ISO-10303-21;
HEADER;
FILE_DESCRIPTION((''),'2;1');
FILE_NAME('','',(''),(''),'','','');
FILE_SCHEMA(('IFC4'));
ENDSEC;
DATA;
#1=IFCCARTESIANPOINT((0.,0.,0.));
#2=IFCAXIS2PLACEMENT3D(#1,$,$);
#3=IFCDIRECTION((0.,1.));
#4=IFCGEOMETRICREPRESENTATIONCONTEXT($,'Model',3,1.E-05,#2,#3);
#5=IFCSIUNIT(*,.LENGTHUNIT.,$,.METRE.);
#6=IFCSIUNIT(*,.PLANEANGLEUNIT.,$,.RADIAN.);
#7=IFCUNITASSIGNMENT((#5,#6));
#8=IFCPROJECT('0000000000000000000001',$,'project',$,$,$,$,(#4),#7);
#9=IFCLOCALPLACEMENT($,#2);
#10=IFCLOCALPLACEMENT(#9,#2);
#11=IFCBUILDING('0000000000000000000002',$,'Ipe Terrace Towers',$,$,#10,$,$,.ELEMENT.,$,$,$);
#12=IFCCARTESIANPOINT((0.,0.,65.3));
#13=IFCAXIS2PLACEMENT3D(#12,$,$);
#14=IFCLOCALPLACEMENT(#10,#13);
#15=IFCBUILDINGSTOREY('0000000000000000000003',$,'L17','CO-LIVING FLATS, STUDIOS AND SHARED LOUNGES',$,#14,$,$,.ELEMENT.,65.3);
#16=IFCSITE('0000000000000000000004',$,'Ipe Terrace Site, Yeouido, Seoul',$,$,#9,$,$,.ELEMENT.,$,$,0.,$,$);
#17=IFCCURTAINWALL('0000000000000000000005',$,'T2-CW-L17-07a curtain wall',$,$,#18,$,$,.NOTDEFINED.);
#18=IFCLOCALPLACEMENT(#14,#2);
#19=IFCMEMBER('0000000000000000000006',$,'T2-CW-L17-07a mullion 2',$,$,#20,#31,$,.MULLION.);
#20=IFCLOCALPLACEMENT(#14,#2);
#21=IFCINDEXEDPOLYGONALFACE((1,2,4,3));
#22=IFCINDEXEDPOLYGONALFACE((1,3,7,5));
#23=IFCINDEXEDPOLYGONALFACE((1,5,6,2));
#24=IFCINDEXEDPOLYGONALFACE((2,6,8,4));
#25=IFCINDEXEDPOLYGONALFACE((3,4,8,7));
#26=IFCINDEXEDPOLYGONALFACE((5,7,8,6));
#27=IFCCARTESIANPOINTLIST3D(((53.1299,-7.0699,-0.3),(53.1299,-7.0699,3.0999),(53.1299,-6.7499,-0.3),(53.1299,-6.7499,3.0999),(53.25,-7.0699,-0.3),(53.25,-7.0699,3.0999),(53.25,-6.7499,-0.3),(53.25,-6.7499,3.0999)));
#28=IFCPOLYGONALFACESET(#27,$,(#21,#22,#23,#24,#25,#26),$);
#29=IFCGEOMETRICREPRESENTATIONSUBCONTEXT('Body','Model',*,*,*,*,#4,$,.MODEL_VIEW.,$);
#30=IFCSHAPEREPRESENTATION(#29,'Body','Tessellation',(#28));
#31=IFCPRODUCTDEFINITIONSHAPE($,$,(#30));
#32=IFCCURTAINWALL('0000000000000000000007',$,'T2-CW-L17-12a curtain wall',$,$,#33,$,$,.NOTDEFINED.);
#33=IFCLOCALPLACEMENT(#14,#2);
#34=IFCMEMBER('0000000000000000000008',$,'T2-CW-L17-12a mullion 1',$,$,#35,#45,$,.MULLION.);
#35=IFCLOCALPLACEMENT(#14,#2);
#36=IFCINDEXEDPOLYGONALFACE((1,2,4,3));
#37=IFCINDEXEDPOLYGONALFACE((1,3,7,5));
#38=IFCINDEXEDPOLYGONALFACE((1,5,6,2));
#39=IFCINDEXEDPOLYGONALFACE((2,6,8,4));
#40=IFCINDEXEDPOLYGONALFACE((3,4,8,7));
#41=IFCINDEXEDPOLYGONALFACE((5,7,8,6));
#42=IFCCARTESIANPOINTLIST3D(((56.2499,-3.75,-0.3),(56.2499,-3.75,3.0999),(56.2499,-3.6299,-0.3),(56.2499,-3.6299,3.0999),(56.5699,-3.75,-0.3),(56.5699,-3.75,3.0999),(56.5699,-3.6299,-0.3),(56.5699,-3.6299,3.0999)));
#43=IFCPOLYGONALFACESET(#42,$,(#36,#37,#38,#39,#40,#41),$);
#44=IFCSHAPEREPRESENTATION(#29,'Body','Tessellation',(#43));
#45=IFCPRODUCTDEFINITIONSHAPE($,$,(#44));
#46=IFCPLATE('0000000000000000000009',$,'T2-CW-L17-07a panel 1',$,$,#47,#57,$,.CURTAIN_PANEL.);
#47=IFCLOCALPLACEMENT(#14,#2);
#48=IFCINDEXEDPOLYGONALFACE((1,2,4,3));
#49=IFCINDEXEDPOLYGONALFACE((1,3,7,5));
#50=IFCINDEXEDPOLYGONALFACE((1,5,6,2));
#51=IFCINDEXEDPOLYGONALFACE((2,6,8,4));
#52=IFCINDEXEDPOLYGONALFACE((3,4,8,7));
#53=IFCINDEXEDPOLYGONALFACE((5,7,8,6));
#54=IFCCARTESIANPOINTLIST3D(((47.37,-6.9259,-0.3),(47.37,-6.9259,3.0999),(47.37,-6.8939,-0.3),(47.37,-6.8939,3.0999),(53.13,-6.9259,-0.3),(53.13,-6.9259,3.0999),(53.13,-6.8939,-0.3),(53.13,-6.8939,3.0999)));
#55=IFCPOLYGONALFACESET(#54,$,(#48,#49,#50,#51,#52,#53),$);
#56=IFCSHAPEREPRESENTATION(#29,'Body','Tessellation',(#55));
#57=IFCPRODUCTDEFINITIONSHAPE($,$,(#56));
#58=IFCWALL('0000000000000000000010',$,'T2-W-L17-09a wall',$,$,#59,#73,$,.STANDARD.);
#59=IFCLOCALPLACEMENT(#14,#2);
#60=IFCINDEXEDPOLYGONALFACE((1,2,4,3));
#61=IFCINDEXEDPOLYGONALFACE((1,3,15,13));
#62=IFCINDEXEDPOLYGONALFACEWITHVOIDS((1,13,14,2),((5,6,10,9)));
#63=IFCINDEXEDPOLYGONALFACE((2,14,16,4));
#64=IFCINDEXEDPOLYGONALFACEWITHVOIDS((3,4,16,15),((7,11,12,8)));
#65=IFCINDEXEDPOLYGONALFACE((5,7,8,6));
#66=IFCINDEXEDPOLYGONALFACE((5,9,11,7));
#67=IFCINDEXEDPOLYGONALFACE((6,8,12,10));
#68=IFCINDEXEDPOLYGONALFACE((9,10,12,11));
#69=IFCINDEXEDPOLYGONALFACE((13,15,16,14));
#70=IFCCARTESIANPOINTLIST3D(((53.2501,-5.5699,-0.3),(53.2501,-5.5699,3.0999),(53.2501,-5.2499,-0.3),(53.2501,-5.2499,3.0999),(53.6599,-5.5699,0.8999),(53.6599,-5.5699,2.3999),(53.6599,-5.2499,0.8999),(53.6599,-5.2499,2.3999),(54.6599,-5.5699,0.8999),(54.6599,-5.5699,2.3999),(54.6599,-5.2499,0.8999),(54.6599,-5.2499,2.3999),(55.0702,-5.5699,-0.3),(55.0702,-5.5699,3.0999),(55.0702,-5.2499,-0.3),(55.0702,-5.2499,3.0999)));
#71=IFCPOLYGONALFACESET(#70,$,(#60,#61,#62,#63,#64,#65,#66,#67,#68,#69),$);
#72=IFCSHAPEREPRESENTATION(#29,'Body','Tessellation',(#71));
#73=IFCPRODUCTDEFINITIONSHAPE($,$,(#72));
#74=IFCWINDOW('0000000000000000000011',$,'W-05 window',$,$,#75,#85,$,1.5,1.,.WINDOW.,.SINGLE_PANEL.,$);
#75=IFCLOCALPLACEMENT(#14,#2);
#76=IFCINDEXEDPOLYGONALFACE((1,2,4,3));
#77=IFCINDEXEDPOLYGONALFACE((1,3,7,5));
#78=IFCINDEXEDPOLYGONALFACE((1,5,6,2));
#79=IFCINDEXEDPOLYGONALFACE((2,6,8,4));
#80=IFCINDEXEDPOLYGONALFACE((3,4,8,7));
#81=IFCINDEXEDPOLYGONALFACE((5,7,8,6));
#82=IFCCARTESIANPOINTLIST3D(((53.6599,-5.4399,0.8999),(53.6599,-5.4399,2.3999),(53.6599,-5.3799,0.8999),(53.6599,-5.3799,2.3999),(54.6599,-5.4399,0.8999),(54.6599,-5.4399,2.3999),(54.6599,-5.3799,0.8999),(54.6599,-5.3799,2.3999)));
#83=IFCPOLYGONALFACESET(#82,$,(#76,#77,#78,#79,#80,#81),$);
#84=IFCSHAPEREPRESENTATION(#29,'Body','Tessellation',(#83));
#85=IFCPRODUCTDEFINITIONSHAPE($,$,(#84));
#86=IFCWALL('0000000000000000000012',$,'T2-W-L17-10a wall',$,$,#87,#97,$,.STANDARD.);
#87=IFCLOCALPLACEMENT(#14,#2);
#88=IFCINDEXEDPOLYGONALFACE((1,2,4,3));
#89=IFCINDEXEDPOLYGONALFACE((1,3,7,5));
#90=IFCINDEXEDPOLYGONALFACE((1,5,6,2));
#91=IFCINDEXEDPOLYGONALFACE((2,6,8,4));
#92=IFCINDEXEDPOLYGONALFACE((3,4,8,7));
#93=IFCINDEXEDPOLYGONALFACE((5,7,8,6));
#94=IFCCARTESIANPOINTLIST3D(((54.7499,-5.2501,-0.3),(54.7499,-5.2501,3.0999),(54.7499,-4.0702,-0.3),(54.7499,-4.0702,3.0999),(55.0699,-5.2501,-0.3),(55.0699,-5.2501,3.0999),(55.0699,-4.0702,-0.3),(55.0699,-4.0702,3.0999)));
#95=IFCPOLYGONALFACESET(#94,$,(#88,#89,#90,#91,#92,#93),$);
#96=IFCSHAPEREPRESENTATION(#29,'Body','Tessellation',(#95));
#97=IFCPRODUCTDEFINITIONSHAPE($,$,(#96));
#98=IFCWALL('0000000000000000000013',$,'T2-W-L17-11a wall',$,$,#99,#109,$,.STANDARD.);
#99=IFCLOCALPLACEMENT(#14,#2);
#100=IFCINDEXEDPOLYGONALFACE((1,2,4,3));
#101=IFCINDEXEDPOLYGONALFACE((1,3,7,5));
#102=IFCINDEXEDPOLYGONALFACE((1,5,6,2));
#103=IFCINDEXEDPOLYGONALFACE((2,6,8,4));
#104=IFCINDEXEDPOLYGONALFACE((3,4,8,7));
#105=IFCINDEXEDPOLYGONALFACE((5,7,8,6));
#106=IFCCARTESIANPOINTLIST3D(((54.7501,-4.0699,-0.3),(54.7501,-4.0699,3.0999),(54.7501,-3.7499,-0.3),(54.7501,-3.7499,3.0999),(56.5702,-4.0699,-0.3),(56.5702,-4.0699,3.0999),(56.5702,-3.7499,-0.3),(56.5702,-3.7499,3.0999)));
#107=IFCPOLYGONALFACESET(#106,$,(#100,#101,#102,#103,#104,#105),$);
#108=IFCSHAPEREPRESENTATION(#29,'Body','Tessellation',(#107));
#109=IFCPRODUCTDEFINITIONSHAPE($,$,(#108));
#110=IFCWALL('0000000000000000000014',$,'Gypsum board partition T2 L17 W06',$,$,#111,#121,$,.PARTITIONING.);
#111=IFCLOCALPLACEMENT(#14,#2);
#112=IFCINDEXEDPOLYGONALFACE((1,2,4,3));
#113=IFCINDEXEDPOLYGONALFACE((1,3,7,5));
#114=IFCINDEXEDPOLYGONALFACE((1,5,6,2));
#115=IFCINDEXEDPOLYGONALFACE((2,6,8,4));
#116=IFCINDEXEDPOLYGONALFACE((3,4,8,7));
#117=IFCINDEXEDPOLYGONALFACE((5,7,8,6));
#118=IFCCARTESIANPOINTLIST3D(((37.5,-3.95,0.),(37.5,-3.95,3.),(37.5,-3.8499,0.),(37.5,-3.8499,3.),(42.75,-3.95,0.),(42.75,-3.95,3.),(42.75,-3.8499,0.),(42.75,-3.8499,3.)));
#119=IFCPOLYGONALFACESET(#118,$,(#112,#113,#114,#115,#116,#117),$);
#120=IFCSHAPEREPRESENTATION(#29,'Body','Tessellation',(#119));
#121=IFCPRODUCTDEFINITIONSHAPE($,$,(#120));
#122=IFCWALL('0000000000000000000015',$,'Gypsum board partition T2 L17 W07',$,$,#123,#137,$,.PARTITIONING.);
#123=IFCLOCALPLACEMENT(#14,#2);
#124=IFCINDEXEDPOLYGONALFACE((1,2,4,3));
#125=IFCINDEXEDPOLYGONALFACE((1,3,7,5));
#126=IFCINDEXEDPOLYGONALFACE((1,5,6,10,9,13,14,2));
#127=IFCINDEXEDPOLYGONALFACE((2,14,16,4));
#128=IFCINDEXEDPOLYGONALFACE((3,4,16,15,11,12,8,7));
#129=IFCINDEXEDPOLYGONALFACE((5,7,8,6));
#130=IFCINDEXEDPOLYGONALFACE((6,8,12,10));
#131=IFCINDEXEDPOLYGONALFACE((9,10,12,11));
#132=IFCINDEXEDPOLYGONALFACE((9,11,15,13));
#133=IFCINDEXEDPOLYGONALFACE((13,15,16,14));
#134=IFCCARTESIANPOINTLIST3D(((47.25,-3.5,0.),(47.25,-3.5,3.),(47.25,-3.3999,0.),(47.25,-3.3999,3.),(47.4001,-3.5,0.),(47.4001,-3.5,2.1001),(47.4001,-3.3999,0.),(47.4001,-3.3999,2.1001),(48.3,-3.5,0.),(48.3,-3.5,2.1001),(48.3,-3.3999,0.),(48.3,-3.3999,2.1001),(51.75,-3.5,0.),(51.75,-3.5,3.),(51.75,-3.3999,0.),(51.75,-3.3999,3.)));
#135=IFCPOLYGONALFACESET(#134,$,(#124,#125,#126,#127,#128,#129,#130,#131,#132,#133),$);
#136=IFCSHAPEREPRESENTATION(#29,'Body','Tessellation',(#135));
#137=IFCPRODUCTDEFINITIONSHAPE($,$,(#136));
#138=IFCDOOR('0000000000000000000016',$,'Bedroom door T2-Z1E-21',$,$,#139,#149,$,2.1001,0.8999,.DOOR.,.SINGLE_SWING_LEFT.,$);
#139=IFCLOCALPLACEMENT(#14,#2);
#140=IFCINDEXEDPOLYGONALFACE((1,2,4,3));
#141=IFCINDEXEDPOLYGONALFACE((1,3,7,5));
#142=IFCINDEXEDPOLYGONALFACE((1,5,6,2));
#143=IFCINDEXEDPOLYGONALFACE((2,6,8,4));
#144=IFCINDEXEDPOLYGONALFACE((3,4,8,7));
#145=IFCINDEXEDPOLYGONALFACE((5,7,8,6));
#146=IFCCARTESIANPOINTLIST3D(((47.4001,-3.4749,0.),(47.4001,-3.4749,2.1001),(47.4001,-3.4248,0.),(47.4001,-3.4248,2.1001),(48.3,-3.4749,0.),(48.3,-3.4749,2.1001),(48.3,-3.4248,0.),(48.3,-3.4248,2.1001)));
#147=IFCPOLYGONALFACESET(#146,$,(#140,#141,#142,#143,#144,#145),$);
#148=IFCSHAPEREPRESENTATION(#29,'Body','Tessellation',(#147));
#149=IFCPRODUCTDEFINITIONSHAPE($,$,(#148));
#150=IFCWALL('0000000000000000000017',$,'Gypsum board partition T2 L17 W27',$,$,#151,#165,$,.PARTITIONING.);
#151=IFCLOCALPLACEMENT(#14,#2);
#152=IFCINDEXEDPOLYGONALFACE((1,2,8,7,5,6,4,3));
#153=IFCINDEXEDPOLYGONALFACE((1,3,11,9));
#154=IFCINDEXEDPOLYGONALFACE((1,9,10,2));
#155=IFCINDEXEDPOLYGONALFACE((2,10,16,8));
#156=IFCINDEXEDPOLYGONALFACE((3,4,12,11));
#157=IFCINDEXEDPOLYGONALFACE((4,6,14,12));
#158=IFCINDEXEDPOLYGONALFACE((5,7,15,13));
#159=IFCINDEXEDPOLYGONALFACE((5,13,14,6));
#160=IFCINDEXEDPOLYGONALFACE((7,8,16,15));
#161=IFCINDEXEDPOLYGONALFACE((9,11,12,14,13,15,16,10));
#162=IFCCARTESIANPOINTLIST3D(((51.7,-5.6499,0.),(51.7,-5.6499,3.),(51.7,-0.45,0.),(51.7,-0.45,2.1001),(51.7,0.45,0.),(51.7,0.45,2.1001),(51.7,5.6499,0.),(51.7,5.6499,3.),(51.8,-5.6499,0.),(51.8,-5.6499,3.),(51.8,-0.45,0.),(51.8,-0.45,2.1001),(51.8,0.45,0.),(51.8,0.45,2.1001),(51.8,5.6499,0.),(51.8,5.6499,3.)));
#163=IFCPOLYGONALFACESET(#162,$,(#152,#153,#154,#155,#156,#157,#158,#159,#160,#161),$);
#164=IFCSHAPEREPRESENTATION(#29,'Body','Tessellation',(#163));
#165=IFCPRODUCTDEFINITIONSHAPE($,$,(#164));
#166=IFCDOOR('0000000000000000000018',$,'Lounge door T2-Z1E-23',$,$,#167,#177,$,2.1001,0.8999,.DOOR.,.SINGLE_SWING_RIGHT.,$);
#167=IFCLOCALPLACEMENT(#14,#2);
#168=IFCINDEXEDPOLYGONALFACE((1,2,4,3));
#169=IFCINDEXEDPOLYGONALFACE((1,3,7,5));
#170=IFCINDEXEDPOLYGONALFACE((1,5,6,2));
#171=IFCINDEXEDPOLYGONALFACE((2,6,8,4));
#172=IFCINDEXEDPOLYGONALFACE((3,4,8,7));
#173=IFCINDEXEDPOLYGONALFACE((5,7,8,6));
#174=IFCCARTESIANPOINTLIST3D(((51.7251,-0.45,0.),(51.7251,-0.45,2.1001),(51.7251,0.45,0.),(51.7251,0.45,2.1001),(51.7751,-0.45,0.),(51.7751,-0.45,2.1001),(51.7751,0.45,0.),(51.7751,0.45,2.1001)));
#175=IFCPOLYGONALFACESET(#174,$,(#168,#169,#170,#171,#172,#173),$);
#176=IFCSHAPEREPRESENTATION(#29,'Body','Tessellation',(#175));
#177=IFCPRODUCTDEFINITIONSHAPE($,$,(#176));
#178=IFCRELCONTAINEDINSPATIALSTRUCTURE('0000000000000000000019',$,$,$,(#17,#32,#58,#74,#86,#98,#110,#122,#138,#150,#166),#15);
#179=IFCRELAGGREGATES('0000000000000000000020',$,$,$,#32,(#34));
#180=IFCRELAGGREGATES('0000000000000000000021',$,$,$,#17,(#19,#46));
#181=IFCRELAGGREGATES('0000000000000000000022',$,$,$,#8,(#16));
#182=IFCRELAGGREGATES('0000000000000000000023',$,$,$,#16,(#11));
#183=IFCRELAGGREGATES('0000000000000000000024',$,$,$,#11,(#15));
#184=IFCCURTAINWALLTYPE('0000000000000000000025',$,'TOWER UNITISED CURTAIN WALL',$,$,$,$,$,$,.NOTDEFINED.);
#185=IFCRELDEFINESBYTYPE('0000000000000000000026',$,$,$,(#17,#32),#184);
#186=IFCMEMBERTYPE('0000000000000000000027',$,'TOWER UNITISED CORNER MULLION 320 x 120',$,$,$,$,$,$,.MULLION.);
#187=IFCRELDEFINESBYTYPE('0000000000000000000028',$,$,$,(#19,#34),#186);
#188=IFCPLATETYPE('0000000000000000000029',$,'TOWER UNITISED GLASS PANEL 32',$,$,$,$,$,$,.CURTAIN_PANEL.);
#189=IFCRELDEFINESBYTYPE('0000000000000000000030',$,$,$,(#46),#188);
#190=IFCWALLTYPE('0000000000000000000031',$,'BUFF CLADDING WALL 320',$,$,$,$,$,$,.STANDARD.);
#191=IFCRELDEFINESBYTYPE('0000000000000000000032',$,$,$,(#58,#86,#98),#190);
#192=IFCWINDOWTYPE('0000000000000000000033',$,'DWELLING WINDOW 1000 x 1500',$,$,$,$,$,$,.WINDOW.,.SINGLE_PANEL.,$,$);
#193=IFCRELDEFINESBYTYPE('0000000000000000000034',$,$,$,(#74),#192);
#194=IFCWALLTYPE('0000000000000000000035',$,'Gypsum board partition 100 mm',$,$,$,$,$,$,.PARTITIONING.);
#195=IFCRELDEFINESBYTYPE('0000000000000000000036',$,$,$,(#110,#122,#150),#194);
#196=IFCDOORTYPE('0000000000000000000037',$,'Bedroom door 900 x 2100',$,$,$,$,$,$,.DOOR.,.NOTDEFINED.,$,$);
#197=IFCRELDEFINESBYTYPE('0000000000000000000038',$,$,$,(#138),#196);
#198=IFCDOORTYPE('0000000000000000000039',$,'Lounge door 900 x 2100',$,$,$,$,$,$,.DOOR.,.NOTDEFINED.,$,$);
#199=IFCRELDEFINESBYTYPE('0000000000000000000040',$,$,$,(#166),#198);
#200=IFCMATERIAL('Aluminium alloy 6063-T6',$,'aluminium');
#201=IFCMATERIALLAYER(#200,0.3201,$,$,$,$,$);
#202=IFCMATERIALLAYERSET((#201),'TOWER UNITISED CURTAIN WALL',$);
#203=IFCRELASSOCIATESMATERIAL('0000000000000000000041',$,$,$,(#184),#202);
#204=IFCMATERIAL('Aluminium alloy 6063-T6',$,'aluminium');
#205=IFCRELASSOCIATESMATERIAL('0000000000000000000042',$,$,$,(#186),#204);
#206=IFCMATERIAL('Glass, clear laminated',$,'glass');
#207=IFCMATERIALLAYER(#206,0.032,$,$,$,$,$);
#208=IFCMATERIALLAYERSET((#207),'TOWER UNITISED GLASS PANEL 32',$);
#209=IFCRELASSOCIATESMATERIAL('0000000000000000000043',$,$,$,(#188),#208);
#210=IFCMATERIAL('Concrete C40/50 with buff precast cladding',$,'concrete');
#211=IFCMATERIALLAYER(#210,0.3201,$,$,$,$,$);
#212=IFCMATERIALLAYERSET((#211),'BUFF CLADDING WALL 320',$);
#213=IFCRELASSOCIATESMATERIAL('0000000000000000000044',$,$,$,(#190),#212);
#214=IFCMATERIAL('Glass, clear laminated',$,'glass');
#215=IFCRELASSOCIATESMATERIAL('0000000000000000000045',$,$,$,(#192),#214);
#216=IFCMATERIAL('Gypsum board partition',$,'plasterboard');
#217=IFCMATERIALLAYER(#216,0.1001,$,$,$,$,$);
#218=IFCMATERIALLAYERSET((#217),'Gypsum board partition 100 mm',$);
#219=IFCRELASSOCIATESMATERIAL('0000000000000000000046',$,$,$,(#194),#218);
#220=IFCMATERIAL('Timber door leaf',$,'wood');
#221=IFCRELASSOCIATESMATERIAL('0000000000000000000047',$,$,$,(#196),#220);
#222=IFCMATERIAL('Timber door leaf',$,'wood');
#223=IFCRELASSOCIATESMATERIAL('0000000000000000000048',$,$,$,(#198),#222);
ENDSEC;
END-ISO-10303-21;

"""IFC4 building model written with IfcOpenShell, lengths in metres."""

from ifc_helpers import new_model, si_unit, direction, frame, frame_2d, origin, origin_2d, place, context, subcontext, project, spatial, rectangle, extrude, material, layer, layer_set, material_profile, profile_set, type_object, element, fill, aggregate, save


model = new_model("IFC4")

# Units and contexts
model_context = context("Model", 3, precision=1e-05, world=origin(), true_north=direction((0.0, 1.0)))
body_context = subcontext(model_context, "Body", "Model", "MODEL_VIEW")
ifc_project = project(units=[si_unit("LENGTHUNIT", "METRE"), si_unit("PLANEANGLEUNIT", "RADIAN")], contexts=[model_context])

# Site, building, storey
site_placement = place(None, origin())
site = spatial("IfcSite", under=ifc_project, at=site_placement, Name="Ipe Terrace Site, Yeouido, Seoul", CompositionType="ELEMENT", RefElevation=0.0)
building_placement = place(site_placement, origin())
building = spatial("IfcBuilding", under=site, at=building_placement, Name="Ipe Terrace Towers", CompositionType="ELEMENT")
storey_placement = place(building_placement, frame((0.0, 0.0, 65.3)))
storey = spatial("IfcBuildingStorey", under=building, at=storey_placement, Name="L17", Description="CO-LIVING FLATS, STUDIOS AND SHARED LOUNGES", CompositionType="ELEMENT", Elevation=65.3)

# Curtain walls, members
ifc_material_1 = material(Name="Aluminium alloy 6063-T6", Category="aluminium")
ifc_layer_1 = layer(ifc_material_1, 0.3201)
ifc_layer_set_1 = layer_set([ifc_layer_1], Name="TOWER UNITISED CURTAIN WALL")
curtain_wall_type = type_object("IfcCurtainWallType", Name="TOWER UNITISED CURTAIN WALL", PredefinedType="NOTDEFINED", material=ifc_layer_set_1)
curtain_wall_1_placement = place(storey_placement, origin())
curtain_wall_1 = element("IfcCurtainWall", 1, at=curtain_wall_1_placement, inside=storey, type_object=curtain_wall_type, Name="T2-CW-L17-07a curtain wall", PredefinedType="NOTDEFINED")
ifc_material_2 = material(Name="Aluminium alloy 6063-T6", Category="aluminium")
ifc_material_profile_1 = material_profile(ifc_material_2, rectangle(XDim=0.3201, YDim=0.1201, at=origin_2d()), Name="TOWER UNITISED CORNER MULLION 320 x 120")
ifc_profile_set_1 = profile_set([ifc_material_profile_1], Name="Aluminium alloy 6063-T6")
member_type = type_object("IfcMemberType", Name="TOWER UNITISED CORNER MULLION 320 x 120", PredefinedType="MULLION", material=ifc_profile_set_1)
member_1_placement = place(storey_placement, frame((53.1899, -6.9099, -0.3), z_axis=(0.0, 0.0, 1.0), x_axis=(0.0, -1.0, 0.0)))
member_1 = element("IfcMember", 2, at=member_1_placement, type_object=member_type, Name="T2-CW-L17-07a mullion 2", PredefinedType="MULLION", context=body_context, shape_type="SweptSolid", body=[
    extrude(rectangle(XDim=0.3201, YDim=0.1201, at=origin_2d()), origin(), (0.0, 0.0, 1.0), 3.3999),
])
curtain_wall_2_placement = place(storey_placement, origin())
curtain_wall_2 = element("IfcCurtainWall", 3, at=curtain_wall_2_placement, inside=storey, type_object=curtain_wall_type, Name="T2-CW-L17-12a curtain wall", PredefinedType="NOTDEFINED")
member_2_placement = place(storey_placement, frame((56.4099, -3.6899, -0.3), z_axis=(0.0, 0.0, 1.0), x_axis=(1.0, 0.0, 0.0)))
member_2 = element("IfcMember", 4, at=member_2_placement, type_object=member_type, Name="T2-CW-L17-12a mullion 1", PredefinedType="MULLION", context=body_context, shape_type="SweptSolid", body=[
    extrude(rectangle(XDim=0.3201, YDim=0.1201, at=origin_2d()), origin(), (0.0, 0.0, 1.0), 3.3999),
])
aggregate(curtain_wall_2, [member_2])

# Plate
ifc_material_3 = material(Name="Glass, clear laminated", Category="glass")
ifc_layer_2 = layer(ifc_material_3, 0.032)
ifc_layer_set_2 = layer_set([ifc_layer_2], Name="TOWER UNITISED GLASS PANEL 32")
plate_type = type_object("IfcPlateType", Name="TOWER UNITISED GLASS PANEL 32", PredefinedType="CURTAIN_PANEL", material=ifc_layer_set_2)
plate_placement = place(storey_placement, frame((50.25, -6.9099, -0.3), z_axis=(0.0, 0.0, 1.0), x_axis=(1.0, 0.0, 0.0)))
plate = element("IfcPlate", 5, at=plate_placement, type_object=plate_type, Name="T2-CW-L17-07a panel 1", PredefinedType="CURTAIN_PANEL", context=body_context, shape_type="SweptSolid", body=[
    extrude(rectangle(XDim=5.76, YDim=0.032, at=origin_2d()), origin(), (0.0, 0.0, 1.0), 3.3999),
])
aggregate(curtain_wall_1, [member_1, plate])

# Wall, opening, window
ifc_material_4 = material(Name="Concrete C40/50 with buff precast cladding", Category="concrete")
ifc_layer_3 = layer(ifc_material_4, 0.3201)
ifc_layer_set_3 = layer_set([ifc_layer_3], Name="BUFF CLADDING WALL 320")
wall_type_1 = type_object("IfcWallType", Name="BUFF CLADDING WALL 320", PredefinedType="STANDARD", material=ifc_layer_set_3)
wall_1_placement = place(storey_placement, frame((53.25, -5.4099, -0.3), z_axis=(0.0, 0.0, 1.0), x_axis=(1.0, 0.0, 0.0)))
wall_1 = element("IfcWall", 6, at=wall_1_placement, inside=storey, type_object=wall_type_1, Name="T2-W-L17-09a wall", PredefinedType="STANDARD", context=body_context, shape_type="SweptSolid", body=[
    extrude(rectangle(XDim=1.8201, YDim=0.3201, at=frame_2d((0.9102, 0.0))), origin(), (0.0, 0.0, 1.0), 3.3999),
])
opening_1_placement = place(wall_1_placement, frame((0.4099, 0.0, 1.2)))
opening_1 = element("IfcOpeningElement", 7, at=opening_1_placement, cuts=wall_1, PredefinedType="OPENING", context=body_context, shape_type="SweptSolid", body=[
    extrude(rectangle(XDim=1.0, YDim=1.5, at=frame_2d((0.5, 0.75))), frame((0.0, 0.1699, 0.0), z_axis=(0.0, -1.0, 0.0), x_axis=(1.0, 0.0, 0.0)), (0.0, 0.0, 1.0), 0.3401),
])
ifc_material_5 = material(Name="Glass, clear laminated", Category="glass")
window_type = type_object("IfcWindowType", Name="DWELLING WINDOW 1000 x 1500", PartitioningType="SINGLE_PANEL", PredefinedType="WINDOW", material=ifc_material_5)
window_placement = place(opening_1_placement, origin())
window = element("IfcWindow", 8, at=window_placement, inside=storey, type_object=window_type, Name="W-05 window", OverallHeight=1.5, OverallWidth=1.0, PartitioningType="SINGLE_PANEL", PredefinedType="WINDOW", context=body_context, shape_type="SweptSolid", body=[
    extrude(rectangle(XDim=1.0, YDim=1.5, at=frame_2d((0.5, 0.75))), frame((0.0, 0.03, 0.0), z_axis=(0.0, -1.0, 0.0), x_axis=(1.0, 0.0, 0.0)), (0.0, 0.0, 1.0), 0.0601),
])
fill(opening_1, window)

# Walls
wall_2_placement = place(storey_placement, frame((54.9099, -5.25, -0.3), z_axis=(0.0, 0.0, 1.0), x_axis=(0.0, 1.0, 0.0)))
element("IfcWall", 9, at=wall_2_placement, inside=storey, type_object=wall_type_1, Name="T2-W-L17-10a wall", PredefinedType="STANDARD", context=body_context, shape_type="SweptSolid", body=[
    extrude(rectangle(XDim=1.1799, YDim=0.3201, at=frame_2d((0.5898, 0.0))), origin(), (0.0, 0.0, 1.0), 3.3999),
])
wall_3_placement = place(storey_placement, frame((54.75, -3.9099, -0.3), z_axis=(0.0, 0.0, 1.0), x_axis=(1.0, 0.0, 0.0)))
element("IfcWall", 10, at=wall_3_placement, inside=storey, type_object=wall_type_1, Name="T2-W-L17-11a wall", PredefinedType="STANDARD", context=body_context, shape_type="SweptSolid", body=[
    extrude(rectangle(XDim=1.8201, YDim=0.3201, at=frame_2d((0.9102, 0.0))), origin(), (0.0, 0.0, 1.0), 3.3999),
])
ifc_material_6 = material(Name="Gypsum board partition", Category="plasterboard")
ifc_layer_4 = layer(ifc_material_6, 0.1001)
ifc_layer_set_4 = layer_set([ifc_layer_4], Name="Gypsum board partition 100 mm")
wall_type_2 = type_object("IfcWallType", Name="Gypsum board partition 100 mm", PredefinedType="PARTITIONING", material=ifc_layer_set_4)
wall_4_placement = place(storey_placement, frame((42.75, -3.8999, 0.0), z_axis=(0.0, 0.0, 1.0), x_axis=(-1.0, 0.0, 0.0)))
element("IfcWall", 11, at=wall_4_placement, inside=storey, type_object=wall_type_2, Name="Gypsum board partition T2 L17 W06", PredefinedType="PARTITIONING", context=body_context, shape_type="SweptSolid", body=[
    extrude(rectangle(XDim=5.25, YDim=0.1001, at=frame_2d((2.625, 0.0))), origin(), (0.0, 0.0, 1.0), 3.0),
])

# Walls, openings, doors
wall_5_placement = place(storey_placement, frame((51.75, -3.45, 0.0), z_axis=(0.0, 0.0, 1.0), x_axis=(-1.0, 0.0, 0.0)))
wall_5 = element("IfcWall", 12, at=wall_5_placement, inside=storey, type_object=wall_type_2, Name="Gypsum board partition T2 L17 W07", PredefinedType="PARTITIONING", context=body_context, shape_type="SweptSolid", body=[
    extrude(rectangle(XDim=4.5, YDim=0.1001, at=frame_2d((2.25, 0.0))), origin(), (0.0, 0.0, 1.0), 3.0),
])
opening_2_placement = place(wall_5_placement, frame((3.45, 0.0, 0.0)))
opening_2 = element("IfcOpeningElement", 13, at=opening_2_placement, cuts=wall_5, PredefinedType="OPENING", context=body_context, shape_type="SweptSolid", body=[
    extrude(rectangle(XDim=0.8999, YDim=2.1001, at=frame_2d((0.45, 1.05))), frame((0.0, 0.0601, 0.0), z_axis=(0.0, -1.0, 0.0), x_axis=(1.0, 0.0, 0.0)), (0.0, 0.0, 1.0), 0.1201),
])
ifc_material_7 = material(Name="Timber door leaf", Category="wood")
door_type_1 = type_object("IfcDoorType", Name="Bedroom door 900 x 2100", OperationType="NOTDEFINED", PredefinedType="DOOR", material=ifc_material_7)
door_1_placement = place(opening_2_placement, origin())
door_1 = element("IfcDoor", 14, at=door_1_placement, inside=storey, type_object=door_type_1, Name="Bedroom door T2-Z1E-21", OperationType="SINGLE_SWING_LEFT", OverallHeight=2.1001, OverallWidth=0.8999, PredefinedType="DOOR", context=body_context, shape_type="SweptSolid", body=[
    extrude(rectangle(XDim=0.8999, YDim=2.1001, at=frame_2d((0.45, 1.05))), frame((0.0, 0.0249, 0.0), z_axis=(0.0, -1.0, 0.0), x_axis=(1.0, 0.0, 0.0)), (0.0, 0.0, 1.0), 0.05),
])
fill(opening_2, door_1)
wall_6_placement = place(storey_placement, frame((51.75, -5.6499, 0.0), z_axis=(0.0, 0.0, 1.0), x_axis=(0.0, 1.0, 0.0)))
wall_6 = element("IfcWall", 15, at=wall_6_placement, inside=storey, type_object=wall_type_2, Name="Gypsum board partition T2 L17 W27", PredefinedType="PARTITIONING", context=body_context, shape_type="SweptSolid", body=[
    extrude(rectangle(XDim=11.2998, YDim=0.1001, at=frame_2d((5.6499, 0.0))), origin(), (0.0, 0.0, 1.0), 3.0),
])
opening_3_placement = place(wall_6_placement, frame((5.2, 0.0, 0.0)))
opening_3 = element("IfcOpeningElement", 16, at=opening_3_placement, cuts=wall_6, PredefinedType="OPENING", context=body_context, shape_type="SweptSolid", body=[
    extrude(rectangle(XDim=0.8999, YDim=2.1001, at=frame_2d((0.45, 1.05))), frame((0.0, 0.0601, 0.0), z_axis=(0.0, -1.0, 0.0), x_axis=(1.0, 0.0, 0.0)), (0.0, 0.0, 1.0), 0.1201),
])
ifc_material_8 = material(Name="Timber door leaf", Category="wood")
door_type_2 = type_object("IfcDoorType", Name="Lounge door 900 x 2100", OperationType="NOTDEFINED", PredefinedType="DOOR", material=ifc_material_8)
door_2_placement = place(opening_3_placement, origin())
door_2 = element("IfcDoor", 17, at=door_2_placement, inside=storey, type_object=door_type_2, Name="Lounge door T2-Z1E-23", OperationType="SINGLE_SWING_RIGHT", OverallHeight=2.1001, OverallWidth=0.8999, PredefinedType="DOOR", context=body_context, shape_type="SweptSolid", body=[
    extrude(rectangle(XDim=0.8999, YDim=2.1001, at=frame_2d((0.45, 1.05))), frame((0.0, 0.0249, 0.0), z_axis=(0.0, -1.0, 0.0), x_axis=(1.0, 0.0, 0.0)), (0.0, 0.0, 1.0), 0.05),
])
fill(opening_3, door_2)

save(model, "model.ifc")
